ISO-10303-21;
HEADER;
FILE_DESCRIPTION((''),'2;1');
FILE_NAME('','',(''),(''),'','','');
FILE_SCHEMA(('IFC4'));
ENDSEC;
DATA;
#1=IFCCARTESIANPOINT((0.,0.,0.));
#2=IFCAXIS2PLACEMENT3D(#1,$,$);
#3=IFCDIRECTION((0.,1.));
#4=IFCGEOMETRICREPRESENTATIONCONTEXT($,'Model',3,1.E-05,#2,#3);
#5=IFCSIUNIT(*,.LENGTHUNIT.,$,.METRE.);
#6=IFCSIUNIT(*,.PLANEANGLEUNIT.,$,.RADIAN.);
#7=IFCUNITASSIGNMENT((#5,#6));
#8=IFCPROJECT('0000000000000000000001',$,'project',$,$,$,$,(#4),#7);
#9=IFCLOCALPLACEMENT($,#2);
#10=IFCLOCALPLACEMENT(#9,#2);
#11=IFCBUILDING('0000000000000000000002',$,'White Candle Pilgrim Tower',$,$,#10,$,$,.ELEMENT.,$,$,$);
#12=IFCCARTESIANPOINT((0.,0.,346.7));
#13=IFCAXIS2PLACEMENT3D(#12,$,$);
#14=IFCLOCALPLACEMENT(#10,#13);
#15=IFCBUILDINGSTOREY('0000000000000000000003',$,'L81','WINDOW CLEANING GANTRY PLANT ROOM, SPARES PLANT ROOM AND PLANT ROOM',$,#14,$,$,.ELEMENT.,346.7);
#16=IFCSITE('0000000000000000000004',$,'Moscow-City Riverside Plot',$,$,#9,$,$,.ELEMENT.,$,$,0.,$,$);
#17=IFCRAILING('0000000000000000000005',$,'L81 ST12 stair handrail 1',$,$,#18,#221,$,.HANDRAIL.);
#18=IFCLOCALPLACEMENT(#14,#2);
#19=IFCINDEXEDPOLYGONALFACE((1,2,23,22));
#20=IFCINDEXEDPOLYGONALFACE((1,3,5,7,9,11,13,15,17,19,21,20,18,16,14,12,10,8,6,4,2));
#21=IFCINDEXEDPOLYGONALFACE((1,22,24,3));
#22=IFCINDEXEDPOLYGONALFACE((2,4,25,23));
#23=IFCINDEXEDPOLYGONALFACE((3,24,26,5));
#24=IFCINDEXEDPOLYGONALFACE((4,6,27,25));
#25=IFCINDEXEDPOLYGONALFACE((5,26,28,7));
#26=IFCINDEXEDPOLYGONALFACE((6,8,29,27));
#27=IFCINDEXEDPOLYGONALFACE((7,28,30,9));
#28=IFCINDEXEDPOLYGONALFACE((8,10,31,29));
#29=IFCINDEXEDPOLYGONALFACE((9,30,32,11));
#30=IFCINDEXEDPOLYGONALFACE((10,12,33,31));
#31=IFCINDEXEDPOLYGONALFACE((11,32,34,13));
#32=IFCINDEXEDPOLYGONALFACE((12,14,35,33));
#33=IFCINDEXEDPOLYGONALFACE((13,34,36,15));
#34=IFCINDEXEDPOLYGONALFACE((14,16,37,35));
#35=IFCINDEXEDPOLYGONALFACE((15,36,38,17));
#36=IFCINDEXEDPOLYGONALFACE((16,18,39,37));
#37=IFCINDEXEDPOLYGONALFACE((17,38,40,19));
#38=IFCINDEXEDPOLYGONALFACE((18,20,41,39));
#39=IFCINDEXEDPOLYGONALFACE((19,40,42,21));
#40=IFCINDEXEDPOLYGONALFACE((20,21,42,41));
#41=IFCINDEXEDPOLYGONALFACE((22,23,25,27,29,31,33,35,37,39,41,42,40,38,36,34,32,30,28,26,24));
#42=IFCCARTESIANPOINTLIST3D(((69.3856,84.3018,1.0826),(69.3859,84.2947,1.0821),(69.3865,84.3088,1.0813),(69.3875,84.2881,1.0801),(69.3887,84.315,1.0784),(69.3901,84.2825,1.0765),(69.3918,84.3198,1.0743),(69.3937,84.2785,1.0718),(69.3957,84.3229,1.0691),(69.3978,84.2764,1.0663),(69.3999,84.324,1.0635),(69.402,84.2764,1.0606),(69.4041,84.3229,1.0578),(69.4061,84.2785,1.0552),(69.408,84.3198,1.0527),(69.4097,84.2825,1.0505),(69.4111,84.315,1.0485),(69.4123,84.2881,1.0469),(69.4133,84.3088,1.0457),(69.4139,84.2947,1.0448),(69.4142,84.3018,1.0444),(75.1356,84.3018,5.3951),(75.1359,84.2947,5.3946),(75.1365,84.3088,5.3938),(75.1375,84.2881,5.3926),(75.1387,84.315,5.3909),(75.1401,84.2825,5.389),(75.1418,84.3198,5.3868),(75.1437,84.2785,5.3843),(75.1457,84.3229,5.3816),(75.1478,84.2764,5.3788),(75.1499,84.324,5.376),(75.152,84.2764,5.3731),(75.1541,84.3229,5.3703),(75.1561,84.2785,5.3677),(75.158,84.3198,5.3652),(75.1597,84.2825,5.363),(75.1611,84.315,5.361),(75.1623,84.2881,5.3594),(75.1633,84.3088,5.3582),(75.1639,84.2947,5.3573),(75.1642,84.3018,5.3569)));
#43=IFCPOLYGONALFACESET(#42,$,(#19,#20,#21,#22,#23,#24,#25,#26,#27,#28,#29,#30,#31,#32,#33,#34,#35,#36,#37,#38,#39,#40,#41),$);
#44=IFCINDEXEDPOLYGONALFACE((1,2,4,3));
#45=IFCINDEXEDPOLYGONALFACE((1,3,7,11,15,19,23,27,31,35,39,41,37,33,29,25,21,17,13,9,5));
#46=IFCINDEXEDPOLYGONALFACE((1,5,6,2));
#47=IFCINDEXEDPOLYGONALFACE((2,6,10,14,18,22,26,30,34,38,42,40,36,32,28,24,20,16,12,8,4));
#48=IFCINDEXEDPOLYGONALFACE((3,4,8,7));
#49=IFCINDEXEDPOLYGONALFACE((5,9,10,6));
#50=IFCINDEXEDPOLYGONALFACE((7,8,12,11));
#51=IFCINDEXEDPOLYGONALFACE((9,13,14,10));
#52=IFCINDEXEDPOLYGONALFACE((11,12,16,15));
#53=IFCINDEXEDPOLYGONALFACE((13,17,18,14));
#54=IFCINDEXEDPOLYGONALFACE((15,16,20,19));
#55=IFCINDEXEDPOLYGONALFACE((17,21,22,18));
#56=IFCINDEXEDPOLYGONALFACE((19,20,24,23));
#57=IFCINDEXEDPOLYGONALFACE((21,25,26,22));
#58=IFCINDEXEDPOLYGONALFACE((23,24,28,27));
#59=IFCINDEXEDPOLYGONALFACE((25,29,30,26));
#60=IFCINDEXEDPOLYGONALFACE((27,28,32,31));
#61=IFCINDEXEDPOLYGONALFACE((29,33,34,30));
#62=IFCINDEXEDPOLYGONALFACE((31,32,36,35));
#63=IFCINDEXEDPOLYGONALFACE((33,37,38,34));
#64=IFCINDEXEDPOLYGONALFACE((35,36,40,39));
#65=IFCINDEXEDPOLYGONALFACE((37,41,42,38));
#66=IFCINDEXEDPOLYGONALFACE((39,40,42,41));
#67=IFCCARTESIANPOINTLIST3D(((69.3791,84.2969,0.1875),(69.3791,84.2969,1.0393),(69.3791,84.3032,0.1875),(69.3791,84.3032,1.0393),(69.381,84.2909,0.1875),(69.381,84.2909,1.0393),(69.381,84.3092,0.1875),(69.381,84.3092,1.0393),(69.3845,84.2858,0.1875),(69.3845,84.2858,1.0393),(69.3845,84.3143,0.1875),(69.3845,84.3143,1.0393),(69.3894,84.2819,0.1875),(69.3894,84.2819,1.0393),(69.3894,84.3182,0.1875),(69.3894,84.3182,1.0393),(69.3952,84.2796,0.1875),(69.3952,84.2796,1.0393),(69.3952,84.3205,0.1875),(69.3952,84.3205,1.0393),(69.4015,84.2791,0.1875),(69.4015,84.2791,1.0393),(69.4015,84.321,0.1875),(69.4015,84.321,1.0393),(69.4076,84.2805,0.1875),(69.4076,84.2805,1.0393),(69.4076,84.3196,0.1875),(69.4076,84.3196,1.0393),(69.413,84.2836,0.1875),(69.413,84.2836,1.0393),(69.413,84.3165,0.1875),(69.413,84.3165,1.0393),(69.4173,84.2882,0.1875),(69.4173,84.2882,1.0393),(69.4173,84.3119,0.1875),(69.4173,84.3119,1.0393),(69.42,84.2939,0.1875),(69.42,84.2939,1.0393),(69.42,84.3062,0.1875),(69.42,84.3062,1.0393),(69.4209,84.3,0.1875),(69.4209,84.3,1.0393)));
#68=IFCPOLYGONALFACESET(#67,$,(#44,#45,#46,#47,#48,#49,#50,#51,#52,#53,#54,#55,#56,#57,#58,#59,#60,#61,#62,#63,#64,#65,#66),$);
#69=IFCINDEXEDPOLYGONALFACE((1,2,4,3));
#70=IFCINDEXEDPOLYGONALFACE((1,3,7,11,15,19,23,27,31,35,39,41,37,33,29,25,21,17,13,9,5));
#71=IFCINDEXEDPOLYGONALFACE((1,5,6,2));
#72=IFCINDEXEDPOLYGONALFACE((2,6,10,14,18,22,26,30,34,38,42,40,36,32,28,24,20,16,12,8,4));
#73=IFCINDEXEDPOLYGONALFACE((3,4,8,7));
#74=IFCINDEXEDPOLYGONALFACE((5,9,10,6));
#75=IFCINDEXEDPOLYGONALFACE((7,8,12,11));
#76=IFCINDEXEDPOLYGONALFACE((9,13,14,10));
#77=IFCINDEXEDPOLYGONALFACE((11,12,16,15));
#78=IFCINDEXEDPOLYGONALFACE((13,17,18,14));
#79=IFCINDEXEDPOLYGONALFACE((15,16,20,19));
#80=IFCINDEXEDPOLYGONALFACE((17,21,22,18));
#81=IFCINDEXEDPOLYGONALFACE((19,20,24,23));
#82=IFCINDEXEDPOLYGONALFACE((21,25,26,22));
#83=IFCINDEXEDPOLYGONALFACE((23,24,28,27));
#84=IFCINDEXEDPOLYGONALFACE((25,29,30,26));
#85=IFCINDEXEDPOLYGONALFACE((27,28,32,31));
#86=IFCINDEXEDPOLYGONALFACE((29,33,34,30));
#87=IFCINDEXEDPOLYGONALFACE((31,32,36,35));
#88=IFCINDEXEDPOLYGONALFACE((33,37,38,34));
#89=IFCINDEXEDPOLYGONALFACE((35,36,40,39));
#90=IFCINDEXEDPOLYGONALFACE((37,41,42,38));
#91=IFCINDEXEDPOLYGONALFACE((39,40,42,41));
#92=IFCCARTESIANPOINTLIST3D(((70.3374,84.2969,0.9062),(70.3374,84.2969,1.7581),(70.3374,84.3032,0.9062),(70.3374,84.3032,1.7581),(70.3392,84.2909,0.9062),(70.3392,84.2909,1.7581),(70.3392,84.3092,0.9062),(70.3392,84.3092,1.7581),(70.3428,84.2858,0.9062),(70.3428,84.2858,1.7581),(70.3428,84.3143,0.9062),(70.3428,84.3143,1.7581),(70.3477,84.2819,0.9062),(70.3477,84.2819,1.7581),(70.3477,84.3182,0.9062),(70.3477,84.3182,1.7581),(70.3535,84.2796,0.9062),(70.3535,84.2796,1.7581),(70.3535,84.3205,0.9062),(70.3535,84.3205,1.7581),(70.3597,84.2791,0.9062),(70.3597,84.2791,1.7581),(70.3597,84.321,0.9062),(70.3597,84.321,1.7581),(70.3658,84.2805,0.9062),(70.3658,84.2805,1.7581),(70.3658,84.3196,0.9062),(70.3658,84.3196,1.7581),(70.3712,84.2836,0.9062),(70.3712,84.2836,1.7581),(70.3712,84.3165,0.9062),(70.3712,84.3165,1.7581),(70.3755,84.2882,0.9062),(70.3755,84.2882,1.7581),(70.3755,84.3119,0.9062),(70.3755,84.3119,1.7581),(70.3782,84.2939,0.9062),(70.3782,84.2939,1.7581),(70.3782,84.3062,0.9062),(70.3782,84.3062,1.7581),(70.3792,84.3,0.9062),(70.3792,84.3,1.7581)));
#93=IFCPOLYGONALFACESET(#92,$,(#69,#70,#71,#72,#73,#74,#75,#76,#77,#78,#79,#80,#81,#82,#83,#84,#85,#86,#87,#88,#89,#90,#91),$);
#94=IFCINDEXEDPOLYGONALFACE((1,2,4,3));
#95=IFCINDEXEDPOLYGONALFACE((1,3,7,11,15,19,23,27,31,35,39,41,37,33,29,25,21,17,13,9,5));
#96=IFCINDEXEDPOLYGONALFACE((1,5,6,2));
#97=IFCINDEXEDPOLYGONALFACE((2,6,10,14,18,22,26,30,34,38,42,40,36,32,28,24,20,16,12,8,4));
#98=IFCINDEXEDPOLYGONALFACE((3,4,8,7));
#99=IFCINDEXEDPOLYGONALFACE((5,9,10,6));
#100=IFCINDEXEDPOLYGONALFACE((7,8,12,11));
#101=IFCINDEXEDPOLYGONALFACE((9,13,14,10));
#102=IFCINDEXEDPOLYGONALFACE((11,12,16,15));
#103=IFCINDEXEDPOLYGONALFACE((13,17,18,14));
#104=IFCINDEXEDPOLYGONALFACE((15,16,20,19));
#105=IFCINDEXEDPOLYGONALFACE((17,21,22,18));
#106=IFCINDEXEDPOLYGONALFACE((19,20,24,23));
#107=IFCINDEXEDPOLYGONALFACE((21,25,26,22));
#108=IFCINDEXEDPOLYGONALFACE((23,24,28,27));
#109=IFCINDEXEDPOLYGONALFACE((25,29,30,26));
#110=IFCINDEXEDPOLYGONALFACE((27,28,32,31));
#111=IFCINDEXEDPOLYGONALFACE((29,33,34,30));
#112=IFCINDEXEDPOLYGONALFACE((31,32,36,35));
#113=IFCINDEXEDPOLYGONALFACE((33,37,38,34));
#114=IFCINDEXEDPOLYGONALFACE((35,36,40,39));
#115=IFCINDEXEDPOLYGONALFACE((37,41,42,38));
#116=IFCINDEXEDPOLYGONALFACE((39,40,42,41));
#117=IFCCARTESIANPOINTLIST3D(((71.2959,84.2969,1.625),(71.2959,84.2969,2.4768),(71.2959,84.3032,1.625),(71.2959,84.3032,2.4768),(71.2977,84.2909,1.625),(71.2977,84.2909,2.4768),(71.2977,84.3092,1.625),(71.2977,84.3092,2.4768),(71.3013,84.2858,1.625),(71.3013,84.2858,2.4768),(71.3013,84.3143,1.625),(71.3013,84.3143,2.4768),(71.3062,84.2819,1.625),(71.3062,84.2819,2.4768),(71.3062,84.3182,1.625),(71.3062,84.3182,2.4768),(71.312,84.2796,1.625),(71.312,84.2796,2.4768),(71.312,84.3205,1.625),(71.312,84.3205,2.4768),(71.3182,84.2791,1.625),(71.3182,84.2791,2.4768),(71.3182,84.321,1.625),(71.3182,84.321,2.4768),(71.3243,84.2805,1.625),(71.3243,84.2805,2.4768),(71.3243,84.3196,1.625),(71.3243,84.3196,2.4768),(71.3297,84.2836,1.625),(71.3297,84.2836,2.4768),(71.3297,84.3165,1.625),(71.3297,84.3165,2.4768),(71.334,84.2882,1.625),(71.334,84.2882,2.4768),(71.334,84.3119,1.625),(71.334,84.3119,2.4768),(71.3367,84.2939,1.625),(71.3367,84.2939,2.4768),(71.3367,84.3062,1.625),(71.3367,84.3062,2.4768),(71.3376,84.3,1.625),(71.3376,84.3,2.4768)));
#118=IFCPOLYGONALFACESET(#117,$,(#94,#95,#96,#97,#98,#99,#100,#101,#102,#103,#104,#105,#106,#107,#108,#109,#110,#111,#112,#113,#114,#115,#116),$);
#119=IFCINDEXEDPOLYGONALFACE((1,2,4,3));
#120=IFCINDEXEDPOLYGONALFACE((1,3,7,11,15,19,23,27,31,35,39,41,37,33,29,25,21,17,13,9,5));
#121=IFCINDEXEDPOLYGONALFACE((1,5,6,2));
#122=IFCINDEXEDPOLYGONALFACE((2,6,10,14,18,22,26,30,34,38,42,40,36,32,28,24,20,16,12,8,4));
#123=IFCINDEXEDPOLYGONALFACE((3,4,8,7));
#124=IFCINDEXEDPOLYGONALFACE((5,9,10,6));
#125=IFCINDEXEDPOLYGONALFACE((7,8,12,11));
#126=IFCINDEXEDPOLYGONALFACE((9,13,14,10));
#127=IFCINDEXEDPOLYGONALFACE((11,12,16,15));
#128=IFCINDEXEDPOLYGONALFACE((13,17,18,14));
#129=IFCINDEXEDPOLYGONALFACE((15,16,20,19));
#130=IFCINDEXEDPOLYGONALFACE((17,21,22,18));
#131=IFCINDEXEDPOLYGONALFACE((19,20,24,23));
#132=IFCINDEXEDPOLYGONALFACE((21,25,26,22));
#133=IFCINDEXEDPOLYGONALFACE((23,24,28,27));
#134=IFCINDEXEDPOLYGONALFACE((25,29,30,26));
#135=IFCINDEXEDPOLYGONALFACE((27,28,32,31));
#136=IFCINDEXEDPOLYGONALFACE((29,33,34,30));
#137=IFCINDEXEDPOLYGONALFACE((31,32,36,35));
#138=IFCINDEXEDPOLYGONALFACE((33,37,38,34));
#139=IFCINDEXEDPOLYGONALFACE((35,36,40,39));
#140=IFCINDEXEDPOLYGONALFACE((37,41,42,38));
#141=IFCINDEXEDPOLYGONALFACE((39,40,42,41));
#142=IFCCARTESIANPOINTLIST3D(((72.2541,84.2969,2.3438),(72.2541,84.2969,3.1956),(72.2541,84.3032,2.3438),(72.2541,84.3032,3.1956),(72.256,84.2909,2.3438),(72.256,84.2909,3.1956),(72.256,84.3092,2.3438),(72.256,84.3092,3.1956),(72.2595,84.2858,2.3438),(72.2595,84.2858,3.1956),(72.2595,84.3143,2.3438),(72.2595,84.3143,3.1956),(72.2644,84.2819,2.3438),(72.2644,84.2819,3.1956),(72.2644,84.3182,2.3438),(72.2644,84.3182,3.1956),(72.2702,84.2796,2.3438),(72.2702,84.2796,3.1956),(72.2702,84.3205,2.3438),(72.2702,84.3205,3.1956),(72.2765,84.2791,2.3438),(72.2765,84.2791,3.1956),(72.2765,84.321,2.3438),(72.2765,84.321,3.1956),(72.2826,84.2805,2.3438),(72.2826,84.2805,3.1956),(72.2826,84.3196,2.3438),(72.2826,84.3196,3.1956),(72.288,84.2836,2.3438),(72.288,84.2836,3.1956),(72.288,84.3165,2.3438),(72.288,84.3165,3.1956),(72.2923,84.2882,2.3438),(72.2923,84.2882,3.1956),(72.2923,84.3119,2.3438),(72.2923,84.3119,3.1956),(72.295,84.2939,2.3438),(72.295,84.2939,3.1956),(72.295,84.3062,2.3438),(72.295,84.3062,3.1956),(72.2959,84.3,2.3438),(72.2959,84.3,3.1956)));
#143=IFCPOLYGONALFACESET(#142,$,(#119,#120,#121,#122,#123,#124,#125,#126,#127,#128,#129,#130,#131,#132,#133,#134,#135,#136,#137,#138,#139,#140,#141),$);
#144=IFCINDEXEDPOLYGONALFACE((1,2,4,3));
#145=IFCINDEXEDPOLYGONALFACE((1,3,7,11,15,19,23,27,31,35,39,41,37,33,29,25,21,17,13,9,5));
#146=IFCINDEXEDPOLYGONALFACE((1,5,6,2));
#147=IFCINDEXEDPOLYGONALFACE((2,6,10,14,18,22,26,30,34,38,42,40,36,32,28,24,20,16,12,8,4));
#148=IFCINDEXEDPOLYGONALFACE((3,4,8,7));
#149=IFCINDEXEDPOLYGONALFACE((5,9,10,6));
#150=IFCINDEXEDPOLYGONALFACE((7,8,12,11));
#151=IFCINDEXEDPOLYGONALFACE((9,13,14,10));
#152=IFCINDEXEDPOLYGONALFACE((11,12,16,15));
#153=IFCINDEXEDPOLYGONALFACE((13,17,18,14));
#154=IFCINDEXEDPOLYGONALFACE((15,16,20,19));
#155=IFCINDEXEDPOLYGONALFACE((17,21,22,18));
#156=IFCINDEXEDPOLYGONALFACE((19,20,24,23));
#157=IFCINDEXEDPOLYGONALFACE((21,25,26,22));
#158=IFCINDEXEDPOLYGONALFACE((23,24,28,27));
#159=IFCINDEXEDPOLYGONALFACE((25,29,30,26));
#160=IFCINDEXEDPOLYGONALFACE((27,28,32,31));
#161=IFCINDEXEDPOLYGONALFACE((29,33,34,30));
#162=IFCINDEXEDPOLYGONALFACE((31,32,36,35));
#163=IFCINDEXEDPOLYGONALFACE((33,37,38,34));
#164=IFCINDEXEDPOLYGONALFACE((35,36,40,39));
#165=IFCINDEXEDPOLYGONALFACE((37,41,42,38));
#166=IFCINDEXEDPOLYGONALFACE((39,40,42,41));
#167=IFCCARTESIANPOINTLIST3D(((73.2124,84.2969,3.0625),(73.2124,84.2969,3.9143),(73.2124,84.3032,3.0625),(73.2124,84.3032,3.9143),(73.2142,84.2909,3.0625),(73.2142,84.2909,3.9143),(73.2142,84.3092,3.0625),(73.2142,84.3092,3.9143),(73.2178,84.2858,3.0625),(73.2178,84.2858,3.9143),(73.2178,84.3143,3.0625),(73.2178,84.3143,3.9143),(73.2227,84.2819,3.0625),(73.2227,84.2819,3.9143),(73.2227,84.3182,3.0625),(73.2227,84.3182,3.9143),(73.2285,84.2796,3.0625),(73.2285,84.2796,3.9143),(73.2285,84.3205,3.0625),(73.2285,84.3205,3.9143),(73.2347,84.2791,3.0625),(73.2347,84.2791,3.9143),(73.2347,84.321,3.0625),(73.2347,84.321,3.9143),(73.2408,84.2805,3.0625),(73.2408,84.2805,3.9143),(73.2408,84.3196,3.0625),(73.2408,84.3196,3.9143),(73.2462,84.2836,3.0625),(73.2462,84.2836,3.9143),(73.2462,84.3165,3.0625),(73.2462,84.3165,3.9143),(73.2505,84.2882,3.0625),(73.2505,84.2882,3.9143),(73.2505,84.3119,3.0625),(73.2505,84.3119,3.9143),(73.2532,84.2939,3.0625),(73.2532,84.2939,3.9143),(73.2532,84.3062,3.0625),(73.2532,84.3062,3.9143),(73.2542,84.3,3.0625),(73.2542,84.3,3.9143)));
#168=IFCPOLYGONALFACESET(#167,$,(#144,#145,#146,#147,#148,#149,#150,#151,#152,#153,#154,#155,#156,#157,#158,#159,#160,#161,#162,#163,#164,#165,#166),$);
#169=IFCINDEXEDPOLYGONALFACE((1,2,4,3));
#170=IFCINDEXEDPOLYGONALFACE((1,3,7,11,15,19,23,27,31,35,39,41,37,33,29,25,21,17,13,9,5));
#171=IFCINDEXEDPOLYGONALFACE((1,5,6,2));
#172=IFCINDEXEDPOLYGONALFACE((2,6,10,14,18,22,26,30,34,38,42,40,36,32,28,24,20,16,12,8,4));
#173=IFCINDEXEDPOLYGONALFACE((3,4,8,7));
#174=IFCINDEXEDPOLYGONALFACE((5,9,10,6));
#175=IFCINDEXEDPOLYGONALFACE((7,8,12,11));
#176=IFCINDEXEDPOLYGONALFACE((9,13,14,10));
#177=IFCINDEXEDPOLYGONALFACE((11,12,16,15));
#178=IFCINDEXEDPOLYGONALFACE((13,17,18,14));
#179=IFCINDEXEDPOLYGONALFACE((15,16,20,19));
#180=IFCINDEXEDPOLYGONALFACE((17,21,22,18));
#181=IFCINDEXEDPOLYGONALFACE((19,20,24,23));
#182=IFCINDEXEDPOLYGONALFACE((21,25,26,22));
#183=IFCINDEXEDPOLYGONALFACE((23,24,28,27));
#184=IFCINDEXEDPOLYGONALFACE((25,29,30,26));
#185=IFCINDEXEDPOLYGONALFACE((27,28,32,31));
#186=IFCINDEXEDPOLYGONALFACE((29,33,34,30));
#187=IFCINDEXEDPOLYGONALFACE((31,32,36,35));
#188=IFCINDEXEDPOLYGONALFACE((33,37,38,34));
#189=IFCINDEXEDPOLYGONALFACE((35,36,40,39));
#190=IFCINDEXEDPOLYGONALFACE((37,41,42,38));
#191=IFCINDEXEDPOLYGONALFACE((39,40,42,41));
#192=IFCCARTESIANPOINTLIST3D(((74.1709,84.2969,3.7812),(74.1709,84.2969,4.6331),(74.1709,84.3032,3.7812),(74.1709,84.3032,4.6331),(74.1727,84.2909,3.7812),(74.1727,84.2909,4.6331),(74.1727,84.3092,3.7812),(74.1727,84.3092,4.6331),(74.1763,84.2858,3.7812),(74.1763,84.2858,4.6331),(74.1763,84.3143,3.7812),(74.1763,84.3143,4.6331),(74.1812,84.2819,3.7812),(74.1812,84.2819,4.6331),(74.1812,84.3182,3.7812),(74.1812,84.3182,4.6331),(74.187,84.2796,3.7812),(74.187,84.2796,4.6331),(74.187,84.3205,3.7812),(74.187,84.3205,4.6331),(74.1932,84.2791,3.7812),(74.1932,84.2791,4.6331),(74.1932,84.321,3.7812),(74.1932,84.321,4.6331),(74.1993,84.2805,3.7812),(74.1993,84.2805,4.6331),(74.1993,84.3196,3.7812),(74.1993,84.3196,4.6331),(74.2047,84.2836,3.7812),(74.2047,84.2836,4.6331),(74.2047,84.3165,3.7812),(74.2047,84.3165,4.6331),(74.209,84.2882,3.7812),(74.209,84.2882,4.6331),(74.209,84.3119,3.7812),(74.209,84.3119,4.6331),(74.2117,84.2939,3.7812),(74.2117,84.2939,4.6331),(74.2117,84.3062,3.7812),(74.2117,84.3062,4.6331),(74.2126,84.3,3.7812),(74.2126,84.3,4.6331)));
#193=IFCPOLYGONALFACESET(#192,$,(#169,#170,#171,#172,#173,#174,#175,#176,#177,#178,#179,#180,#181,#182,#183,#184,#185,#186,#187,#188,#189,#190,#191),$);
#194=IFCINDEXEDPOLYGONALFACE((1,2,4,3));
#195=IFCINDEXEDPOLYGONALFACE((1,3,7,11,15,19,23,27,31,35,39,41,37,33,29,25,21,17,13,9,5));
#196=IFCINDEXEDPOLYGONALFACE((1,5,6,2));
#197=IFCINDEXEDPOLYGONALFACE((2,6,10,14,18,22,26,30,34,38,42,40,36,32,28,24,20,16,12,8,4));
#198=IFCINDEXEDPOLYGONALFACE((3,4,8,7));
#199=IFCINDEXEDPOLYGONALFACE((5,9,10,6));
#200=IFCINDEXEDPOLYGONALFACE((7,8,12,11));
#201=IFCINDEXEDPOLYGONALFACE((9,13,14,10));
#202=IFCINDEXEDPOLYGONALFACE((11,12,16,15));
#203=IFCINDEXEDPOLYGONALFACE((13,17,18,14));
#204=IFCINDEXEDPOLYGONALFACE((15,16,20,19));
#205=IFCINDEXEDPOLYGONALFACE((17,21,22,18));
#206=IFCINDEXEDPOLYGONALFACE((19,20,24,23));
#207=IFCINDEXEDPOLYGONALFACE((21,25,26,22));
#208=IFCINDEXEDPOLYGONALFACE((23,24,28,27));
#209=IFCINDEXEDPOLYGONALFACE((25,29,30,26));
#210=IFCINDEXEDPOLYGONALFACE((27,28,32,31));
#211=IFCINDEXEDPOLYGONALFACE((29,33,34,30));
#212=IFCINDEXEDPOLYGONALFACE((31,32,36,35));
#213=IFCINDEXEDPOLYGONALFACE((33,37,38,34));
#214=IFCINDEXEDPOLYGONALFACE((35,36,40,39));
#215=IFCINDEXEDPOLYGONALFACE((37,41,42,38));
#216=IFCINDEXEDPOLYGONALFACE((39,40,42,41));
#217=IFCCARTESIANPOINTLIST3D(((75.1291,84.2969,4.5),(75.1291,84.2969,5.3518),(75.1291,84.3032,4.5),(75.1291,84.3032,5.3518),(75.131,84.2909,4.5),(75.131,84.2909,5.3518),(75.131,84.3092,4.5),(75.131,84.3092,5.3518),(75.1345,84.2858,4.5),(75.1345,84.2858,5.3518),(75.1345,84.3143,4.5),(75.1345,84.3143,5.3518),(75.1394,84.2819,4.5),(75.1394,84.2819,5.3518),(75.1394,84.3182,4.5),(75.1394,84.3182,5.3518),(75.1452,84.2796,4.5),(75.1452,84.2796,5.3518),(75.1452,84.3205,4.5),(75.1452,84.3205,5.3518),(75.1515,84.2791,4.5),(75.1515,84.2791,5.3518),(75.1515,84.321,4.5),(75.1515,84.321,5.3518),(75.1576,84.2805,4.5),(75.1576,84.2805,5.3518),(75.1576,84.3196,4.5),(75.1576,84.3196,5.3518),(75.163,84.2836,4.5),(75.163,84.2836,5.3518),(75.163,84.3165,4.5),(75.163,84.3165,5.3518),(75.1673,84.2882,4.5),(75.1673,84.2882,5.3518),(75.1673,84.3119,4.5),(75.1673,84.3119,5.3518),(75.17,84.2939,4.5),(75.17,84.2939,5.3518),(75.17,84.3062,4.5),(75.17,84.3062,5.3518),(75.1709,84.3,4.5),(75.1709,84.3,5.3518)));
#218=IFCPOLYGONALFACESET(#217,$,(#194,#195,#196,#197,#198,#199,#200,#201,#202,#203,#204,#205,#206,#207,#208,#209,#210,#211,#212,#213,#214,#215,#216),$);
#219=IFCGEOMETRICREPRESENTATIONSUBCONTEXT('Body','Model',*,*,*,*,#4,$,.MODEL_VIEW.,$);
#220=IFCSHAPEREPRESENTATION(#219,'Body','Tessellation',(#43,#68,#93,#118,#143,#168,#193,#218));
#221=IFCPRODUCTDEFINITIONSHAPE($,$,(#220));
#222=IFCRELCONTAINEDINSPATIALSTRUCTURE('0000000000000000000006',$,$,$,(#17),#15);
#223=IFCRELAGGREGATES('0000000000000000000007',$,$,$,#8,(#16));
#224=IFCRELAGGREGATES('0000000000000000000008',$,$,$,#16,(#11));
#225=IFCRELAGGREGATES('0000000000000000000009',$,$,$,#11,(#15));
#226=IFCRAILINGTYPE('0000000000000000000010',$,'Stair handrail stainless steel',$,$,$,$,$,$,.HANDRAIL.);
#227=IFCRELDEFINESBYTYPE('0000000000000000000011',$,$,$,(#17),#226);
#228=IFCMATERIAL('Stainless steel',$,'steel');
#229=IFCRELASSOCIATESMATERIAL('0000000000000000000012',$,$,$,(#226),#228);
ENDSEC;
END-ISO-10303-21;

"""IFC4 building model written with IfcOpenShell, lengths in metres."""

from ifc_helpers import new_model, si_unit, direction, frame, origin, origin_2d, place, context, subcontext, project, spatial, circle, extrude, material, type_object, element, save


model = new_model("IFC4")

# Units and contexts
model_context = context("Model", 3, precision=1e-05, world=origin(), true_north=direction((0.0, 1.0)))
body_context = subcontext(model_context, "Body", "Model", "MODEL_VIEW")
ifc_project = project(units=[si_unit("LENGTHUNIT", "METRE"), si_unit("PLANEANGLEUNIT", "RADIAN")], contexts=[model_context])

# Site, building, storey
site_placement = place(None, origin())
site = spatial("IfcSite", under=ifc_project, at=site_placement, Name="Moscow-City Riverside Plot", CompositionType="ELEMENT", RefElevation=0.0)
building_placement = place(site_placement, origin())
building = spatial("IfcBuilding", under=site, at=building_placement, Name="White Candle Pilgrim Tower", CompositionType="ELEMENT")
storey_placement = place(building_placement, frame((0.0, 0.0, 346.7)))
storey = spatial("IfcBuildingStorey", under=building, at=storey_placement, Name="L81", Description="WINDOW CLEANING GANTRY PLANT ROOM, SPARES PLANT ROOM AND PLANT ROOM", CompositionType="ELEMENT", Elevation=346.7)

# Railing
ifc_material_1 = material(Name="Stainless steel", Category="steel")
railing_type = type_object("IfcRailingType", Name="Stair handrail stainless steel", PredefinedType="HANDRAIL", material=ifc_material_1)
railing_1_placement = place(storey_placement, frame((69.3999, 84.3, 0.1875)))
element("IfcRailing", 1, at=railing_1_placement, inside=storey, type_object=railing_type, Name="L81 ST12 stair handrail 1", PredefinedType="HANDRAIL", context=body_context, shape_type="SweptSolid", body=[
    extrude(circle(Radius=0.0239, at=origin_2d()), frame((0.0, 0.0, 0.876), z_axis=(0.8, 0.0, 0.6), x_axis=(0.0, 1.0, 0.0)), (0.0, 0.0, 1.0), 7.1875),
    extrude(circle(Radius=0.021, at=origin_2d()), origin(), (0.0, 0.0, 1.0), 0.8518),
    extrude(circle(Radius=0.021, at=origin_2d()), frame((0.9583, 0.0, 0.7188)), (0.0, 0.0, 1.0), 0.8518),
    extrude(circle(Radius=0.021, at=origin_2d()), frame((1.9167, 0.0, 1.4375)), (0.0, 0.0, 1.0), 0.8518),
    extrude(circle(Radius=0.021, at=origin_2d()), frame((2.875, 0.0, 2.1562)), (0.0, 0.0, 1.0), 0.8518),
    extrude(circle(Radius=0.021, at=origin_2d()), frame((3.8333, 0.0, 2.875)), (0.0, 0.0, 1.0), 0.8518),
    extrude(circle(Radius=0.021, at=origin_2d()), frame((4.7917, 0.0, 3.5938)), (0.0, 0.0, 1.0), 0.8518),
    extrude(circle(Radius=0.021, at=origin_2d()), frame((5.75, 0.0, 4.3125)), (0.0, 0.0, 1.0), 0.8518),
])

save(model, "model.ifc")
